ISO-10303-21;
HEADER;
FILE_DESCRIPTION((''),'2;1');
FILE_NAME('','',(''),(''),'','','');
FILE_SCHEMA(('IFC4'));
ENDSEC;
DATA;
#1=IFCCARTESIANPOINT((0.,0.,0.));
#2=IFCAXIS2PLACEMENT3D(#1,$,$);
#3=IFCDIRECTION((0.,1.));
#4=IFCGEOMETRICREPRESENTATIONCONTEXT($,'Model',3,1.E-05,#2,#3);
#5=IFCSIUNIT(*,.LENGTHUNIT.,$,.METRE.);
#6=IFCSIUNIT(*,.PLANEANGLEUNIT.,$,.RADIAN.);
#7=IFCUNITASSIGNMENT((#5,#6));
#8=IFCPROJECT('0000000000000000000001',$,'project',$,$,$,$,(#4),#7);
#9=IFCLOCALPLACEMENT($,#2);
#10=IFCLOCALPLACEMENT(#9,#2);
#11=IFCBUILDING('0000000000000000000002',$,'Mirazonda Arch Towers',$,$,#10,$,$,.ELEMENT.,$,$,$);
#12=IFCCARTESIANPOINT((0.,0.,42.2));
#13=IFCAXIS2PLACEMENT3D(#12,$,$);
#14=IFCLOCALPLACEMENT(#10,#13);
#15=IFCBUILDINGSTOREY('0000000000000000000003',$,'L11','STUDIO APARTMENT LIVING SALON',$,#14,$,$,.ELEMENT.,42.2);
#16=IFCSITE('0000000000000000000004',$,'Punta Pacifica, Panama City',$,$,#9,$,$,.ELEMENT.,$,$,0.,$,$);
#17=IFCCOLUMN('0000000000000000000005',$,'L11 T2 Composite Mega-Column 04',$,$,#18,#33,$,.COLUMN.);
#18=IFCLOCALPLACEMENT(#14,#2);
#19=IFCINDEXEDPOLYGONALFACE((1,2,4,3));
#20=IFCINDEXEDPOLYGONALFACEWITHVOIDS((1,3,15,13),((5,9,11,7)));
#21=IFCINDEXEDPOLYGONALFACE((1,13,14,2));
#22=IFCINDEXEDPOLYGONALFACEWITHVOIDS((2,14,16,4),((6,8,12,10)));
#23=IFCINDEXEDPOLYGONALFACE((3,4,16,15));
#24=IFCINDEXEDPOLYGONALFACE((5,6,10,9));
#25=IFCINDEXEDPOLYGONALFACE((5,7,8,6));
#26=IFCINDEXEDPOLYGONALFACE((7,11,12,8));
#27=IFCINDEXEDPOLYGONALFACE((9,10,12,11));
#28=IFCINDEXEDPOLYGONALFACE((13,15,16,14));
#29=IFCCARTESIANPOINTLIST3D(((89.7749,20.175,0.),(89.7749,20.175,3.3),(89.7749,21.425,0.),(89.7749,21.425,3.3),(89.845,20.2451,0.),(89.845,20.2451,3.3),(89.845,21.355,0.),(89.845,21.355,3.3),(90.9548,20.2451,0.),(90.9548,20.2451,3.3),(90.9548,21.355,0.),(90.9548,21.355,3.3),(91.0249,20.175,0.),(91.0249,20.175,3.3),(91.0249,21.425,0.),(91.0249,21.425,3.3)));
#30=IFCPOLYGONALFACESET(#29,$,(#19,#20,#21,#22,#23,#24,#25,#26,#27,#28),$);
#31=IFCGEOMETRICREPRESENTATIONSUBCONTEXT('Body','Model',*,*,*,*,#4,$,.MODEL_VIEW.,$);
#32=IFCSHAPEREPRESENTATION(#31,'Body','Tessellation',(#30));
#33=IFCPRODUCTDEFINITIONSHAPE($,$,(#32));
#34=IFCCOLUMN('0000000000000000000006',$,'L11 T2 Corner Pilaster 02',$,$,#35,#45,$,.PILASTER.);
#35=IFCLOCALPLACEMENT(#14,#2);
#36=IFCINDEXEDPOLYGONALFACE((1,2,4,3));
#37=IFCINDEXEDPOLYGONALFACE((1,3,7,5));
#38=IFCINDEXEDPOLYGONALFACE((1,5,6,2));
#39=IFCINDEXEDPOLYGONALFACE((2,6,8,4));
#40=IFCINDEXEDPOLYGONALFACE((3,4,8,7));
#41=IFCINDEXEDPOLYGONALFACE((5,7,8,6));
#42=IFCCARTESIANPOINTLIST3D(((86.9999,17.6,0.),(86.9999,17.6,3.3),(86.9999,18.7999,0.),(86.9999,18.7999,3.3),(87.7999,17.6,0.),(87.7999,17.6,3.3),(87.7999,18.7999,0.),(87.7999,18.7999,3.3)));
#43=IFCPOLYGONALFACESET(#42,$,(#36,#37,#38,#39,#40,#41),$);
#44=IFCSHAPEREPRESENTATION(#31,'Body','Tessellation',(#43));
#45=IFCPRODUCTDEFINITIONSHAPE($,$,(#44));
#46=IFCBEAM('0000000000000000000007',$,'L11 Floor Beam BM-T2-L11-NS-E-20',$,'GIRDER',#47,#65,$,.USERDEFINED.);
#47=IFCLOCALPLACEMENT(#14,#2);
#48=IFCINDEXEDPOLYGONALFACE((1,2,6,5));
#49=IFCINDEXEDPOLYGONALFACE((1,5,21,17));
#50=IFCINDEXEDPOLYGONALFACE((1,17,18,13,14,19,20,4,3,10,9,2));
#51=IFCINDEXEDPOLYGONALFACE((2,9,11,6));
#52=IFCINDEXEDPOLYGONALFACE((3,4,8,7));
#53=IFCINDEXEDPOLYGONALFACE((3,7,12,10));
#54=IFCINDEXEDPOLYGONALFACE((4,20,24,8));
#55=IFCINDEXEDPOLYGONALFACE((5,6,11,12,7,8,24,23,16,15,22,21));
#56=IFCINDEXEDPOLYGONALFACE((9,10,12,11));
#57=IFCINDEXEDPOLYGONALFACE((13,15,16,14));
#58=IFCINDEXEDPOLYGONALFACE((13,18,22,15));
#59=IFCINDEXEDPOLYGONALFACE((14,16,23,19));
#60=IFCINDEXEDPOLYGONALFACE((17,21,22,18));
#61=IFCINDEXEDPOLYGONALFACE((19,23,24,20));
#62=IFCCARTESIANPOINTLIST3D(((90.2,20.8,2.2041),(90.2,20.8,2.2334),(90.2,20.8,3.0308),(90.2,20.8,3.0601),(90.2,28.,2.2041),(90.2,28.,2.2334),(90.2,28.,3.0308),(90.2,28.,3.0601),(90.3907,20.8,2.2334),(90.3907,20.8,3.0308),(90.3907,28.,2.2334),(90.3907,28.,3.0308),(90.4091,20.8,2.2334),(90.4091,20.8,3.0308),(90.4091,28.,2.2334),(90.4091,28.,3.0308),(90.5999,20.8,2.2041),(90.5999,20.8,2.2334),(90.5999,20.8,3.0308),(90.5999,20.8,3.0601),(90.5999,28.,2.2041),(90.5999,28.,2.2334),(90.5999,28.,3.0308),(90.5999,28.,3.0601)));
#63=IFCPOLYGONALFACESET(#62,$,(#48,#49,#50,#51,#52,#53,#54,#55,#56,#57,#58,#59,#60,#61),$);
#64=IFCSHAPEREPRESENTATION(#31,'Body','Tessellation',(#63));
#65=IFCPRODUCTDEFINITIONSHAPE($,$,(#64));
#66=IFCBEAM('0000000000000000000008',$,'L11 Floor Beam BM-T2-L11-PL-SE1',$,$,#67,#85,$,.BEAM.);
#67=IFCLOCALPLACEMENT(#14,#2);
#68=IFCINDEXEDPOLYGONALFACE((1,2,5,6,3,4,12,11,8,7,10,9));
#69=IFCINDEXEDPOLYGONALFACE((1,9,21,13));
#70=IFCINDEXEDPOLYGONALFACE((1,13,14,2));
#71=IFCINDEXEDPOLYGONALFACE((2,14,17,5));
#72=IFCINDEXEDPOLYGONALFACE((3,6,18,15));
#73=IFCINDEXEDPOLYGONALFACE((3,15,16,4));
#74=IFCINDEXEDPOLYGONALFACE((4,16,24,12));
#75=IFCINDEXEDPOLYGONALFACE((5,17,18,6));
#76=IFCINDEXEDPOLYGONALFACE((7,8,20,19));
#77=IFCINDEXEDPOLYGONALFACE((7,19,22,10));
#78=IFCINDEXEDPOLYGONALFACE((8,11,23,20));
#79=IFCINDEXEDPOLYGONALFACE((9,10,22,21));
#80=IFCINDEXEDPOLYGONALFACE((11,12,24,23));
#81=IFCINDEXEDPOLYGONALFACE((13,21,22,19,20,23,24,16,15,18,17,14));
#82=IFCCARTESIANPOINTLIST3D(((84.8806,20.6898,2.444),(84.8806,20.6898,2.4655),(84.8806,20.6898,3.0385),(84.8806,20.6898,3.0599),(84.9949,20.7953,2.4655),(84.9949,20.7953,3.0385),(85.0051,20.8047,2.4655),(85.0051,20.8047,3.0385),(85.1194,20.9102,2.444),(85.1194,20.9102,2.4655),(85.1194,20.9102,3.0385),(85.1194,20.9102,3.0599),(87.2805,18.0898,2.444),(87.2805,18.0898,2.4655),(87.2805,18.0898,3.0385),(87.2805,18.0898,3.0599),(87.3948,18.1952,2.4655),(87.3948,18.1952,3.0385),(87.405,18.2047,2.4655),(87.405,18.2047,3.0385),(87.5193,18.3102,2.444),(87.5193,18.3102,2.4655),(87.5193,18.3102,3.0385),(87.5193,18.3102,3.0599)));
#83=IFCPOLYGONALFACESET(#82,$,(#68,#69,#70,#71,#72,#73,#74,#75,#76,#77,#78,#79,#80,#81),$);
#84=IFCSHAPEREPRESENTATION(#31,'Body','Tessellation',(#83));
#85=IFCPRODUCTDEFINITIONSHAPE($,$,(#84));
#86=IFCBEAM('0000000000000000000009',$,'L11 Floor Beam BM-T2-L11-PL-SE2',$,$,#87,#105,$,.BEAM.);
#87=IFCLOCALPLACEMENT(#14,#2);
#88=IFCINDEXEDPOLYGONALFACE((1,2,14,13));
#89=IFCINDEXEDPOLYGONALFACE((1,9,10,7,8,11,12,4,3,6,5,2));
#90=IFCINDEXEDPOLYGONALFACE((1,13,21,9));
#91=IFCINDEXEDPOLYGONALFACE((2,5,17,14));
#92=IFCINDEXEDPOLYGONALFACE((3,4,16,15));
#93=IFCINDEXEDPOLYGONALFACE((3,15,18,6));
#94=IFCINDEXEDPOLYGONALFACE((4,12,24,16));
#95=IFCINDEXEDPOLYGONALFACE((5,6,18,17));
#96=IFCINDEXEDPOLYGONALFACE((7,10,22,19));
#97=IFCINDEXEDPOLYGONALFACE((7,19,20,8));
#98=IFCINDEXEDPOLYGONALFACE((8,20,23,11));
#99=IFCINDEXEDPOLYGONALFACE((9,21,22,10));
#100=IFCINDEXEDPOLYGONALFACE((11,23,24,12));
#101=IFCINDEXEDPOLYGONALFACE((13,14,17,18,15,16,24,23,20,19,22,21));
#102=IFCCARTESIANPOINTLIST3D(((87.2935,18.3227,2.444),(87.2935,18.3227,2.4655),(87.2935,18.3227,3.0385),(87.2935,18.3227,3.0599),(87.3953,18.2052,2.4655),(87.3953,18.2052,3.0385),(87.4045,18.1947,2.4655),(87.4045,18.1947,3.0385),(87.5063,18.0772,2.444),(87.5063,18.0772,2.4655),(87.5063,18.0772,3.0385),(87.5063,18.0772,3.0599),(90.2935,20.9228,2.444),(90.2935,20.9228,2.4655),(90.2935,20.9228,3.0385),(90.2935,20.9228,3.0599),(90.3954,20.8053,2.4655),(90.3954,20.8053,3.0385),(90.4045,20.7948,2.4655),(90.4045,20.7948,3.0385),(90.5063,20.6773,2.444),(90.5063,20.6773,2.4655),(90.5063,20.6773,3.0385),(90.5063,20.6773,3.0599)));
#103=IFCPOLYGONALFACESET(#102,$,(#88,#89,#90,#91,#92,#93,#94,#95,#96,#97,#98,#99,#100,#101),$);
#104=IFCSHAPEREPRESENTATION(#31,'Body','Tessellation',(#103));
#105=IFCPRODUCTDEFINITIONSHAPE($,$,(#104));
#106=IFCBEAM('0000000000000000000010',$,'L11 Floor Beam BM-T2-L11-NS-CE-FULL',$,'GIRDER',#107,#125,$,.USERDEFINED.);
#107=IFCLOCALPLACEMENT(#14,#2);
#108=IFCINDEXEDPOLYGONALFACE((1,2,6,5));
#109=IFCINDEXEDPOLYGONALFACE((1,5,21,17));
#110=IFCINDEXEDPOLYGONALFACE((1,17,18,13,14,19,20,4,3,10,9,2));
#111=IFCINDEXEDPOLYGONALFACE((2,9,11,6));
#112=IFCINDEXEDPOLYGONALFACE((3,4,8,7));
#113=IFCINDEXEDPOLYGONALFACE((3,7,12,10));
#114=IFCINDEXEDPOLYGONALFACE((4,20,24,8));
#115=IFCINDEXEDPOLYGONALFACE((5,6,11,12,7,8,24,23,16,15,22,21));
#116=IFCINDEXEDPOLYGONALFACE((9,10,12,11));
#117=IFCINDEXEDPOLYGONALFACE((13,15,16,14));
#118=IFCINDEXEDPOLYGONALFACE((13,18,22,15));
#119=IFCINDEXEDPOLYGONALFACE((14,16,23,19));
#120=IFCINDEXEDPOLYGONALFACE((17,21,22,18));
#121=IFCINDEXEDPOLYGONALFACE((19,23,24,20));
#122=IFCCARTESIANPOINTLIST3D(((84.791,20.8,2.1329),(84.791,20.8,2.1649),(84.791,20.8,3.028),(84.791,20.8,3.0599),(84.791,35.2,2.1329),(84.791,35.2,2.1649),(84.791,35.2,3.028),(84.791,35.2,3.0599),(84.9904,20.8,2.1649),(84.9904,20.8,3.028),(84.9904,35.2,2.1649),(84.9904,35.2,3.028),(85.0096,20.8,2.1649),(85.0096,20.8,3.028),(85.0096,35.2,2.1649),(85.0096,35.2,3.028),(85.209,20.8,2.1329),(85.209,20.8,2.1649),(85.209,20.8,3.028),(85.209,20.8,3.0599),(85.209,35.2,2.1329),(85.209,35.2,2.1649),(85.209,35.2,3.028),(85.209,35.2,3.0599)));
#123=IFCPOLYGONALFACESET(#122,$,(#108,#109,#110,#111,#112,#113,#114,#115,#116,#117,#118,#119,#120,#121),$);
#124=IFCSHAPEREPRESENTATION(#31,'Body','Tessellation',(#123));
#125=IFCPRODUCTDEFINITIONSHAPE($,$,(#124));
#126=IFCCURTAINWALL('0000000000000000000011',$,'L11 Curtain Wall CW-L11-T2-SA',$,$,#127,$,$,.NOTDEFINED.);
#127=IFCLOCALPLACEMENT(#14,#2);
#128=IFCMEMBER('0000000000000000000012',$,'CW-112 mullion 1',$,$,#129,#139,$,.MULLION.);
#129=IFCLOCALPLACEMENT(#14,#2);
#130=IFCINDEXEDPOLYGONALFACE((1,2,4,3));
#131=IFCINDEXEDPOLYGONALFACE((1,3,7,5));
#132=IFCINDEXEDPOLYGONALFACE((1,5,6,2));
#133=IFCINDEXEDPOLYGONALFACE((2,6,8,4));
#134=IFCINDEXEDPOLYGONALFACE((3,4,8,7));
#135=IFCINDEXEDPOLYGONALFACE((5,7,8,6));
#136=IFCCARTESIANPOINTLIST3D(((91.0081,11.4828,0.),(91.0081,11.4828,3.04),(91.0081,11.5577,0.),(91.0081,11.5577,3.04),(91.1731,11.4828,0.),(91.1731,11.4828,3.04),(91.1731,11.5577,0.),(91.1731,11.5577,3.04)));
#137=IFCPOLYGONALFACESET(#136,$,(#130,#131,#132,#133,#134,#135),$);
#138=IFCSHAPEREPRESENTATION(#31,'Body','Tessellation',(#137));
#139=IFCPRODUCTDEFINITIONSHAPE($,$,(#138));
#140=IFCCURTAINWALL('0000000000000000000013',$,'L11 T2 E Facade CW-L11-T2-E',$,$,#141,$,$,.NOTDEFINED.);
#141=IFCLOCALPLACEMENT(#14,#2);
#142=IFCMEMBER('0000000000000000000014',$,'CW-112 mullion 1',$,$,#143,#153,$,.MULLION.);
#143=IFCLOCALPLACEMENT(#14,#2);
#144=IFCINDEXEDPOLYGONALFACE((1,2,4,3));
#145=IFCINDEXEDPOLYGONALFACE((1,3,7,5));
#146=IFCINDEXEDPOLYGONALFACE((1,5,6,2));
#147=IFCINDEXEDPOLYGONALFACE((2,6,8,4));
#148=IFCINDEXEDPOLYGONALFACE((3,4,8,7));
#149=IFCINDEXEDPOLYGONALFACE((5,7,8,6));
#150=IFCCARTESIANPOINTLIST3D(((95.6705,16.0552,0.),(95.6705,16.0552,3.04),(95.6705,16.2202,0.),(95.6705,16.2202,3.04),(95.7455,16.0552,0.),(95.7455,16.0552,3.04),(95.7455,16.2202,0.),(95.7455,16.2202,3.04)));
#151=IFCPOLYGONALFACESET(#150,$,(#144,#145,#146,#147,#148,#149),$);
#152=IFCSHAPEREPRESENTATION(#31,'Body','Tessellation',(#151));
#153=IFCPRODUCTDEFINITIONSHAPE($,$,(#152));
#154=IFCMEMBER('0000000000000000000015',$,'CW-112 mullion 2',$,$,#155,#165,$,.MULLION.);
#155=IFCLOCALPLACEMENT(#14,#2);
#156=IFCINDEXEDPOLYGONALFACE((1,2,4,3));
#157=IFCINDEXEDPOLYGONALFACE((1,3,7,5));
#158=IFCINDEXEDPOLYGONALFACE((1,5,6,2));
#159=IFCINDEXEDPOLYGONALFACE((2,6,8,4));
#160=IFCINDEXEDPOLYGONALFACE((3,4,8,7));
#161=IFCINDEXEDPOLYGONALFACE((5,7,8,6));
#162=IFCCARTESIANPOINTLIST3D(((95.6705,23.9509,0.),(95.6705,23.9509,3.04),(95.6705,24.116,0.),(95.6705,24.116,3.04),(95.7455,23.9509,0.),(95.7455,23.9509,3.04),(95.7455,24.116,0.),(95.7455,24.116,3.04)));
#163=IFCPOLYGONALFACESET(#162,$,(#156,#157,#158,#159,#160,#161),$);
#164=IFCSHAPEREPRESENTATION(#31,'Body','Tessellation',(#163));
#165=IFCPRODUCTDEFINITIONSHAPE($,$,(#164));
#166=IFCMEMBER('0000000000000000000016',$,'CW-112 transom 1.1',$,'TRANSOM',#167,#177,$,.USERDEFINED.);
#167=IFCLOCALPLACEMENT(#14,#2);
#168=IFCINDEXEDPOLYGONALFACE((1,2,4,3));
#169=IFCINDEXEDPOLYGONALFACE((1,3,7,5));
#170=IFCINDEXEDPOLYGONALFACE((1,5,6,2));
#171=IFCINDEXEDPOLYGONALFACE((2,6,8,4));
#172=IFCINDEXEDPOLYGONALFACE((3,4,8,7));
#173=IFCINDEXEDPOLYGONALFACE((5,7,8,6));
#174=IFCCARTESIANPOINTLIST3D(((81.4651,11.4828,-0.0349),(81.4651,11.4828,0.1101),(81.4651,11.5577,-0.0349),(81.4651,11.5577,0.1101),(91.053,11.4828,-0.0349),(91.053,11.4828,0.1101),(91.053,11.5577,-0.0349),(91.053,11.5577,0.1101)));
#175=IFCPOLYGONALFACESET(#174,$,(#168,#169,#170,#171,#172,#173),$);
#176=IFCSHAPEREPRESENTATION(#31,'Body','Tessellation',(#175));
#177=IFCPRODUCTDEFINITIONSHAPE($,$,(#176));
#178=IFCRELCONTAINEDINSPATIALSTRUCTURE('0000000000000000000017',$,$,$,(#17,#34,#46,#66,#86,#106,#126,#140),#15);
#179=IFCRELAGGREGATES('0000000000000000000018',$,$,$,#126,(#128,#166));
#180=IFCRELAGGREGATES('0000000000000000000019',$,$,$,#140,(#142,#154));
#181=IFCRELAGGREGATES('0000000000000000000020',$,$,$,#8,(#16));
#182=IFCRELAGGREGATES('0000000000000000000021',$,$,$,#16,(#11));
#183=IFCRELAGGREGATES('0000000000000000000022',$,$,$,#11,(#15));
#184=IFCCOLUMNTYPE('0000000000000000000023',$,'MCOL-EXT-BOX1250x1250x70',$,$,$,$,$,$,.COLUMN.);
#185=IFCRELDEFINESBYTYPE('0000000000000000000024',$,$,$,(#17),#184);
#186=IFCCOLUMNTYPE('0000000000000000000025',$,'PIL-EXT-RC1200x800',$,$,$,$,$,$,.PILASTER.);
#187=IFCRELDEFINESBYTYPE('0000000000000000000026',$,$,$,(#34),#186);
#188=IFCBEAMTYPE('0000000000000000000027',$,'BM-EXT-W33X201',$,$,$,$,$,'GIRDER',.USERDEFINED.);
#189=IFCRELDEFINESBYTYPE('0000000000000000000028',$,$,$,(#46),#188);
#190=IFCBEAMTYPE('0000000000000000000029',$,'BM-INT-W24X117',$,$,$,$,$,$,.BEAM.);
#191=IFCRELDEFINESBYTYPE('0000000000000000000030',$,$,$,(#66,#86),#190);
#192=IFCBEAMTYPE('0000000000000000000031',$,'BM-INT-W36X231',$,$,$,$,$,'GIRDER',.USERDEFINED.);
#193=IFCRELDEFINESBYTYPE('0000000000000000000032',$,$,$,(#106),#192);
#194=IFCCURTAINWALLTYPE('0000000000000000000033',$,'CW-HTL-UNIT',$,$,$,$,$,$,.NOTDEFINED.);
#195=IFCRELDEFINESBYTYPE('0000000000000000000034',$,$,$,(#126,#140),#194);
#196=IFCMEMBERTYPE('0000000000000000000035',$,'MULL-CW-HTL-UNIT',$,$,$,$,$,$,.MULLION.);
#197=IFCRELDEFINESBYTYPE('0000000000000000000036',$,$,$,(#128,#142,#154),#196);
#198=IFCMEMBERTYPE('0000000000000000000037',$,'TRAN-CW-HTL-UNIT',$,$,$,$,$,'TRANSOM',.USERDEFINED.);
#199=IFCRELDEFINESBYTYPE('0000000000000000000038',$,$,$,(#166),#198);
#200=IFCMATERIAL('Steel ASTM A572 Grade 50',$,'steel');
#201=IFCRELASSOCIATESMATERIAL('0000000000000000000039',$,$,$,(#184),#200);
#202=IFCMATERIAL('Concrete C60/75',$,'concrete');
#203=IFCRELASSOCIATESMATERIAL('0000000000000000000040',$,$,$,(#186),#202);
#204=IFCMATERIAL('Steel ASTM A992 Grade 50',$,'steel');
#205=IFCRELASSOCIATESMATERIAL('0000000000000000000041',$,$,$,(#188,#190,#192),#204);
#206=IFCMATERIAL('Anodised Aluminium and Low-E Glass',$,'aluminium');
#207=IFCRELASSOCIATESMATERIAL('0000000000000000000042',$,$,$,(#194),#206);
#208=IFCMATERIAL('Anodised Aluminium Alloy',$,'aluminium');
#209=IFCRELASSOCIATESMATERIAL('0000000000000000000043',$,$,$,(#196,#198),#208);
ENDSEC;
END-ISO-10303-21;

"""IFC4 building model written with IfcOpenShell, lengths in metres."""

from ifc_helpers import new_model, si_unit, direction, frame, origin, origin_2d, place, context, subcontext, project, spatial, rectangle, hollow_rectangle, i_section, extrude, material, material_profile, profile_set, type_object, element, aggregate, save


model = new_model("IFC4")

# Units and contexts
model_context = context("Model", 3, precision=1e-05, world=origin(), true_north=direction((0.0, 1.0)))
body_context = subcontext(model_context, "Body", "Model", "MODEL_VIEW")
ifc_project = project(units=[si_unit("LENGTHUNIT", "METRE"), si_unit("PLANEANGLEUNIT", "RADIAN")], contexts=[model_context])

# Site, building, storey
site_placement = place(None, origin())
site = spatial("IfcSite", under=ifc_project, at=site_placement, Name="Punta Pacifica, Panama City", CompositionType="ELEMENT", RefElevation=0.0)
building_placement = place(site_placement, origin())
building = spatial("IfcBuilding", under=site, at=building_placement, Name="Mirazonda Arch Towers", CompositionType="ELEMENT")
storey_placement = place(building_placement, frame((0.0, 0.0, 42.2)))
storey = spatial("IfcBuildingStorey", under=building, at=storey_placement, Name="L11", Description="STUDIO APARTMENT LIVING SALON", CompositionType="ELEMENT", Elevation=42.2)

# Columns
ifc_material_1 = material(Name="Steel ASTM A572 Grade 50", Category="steel")
ifc_material_profile_1 = material_profile(ifc_material_1, hollow_rectangle(XDim=1.25, YDim=1.25, WallThickness=0.0701, at=origin_2d()), Name="BOX1250x1250x70")
ifc_profile_set_1 = profile_set([ifc_material_profile_1], Name="Steel ASTM A572 Grade 50")
column_type_1 = type_object("IfcColumnType", Name="MCOL-EXT-BOX1250x1250x70", PredefinedType="COLUMN", material=ifc_profile_set_1)
column_1_placement = place(storey_placement, frame((90.3999, 20.8, 0.0), z_axis=(0.0, 0.0, 1.0), x_axis=(1.0, 0.0, 0.0)))
element("IfcColumn", 1, at=column_1_placement, inside=storey, type_object=column_type_1, Name="L11 T2 Composite Mega-Column 04", PredefinedType="COLUMN", context=body_context, shape_type="SweptSolid", body=[
    extrude(hollow_rectangle(XDim=1.25, YDim=1.25, WallThickness=0.0701, at=origin_2d()), origin(), (0.0, 0.0, 1.0), 3.3),
])
ifc_material_2 = material(Name="Concrete C60/75", Category="concrete")
ifc_material_profile_2 = material_profile(ifc_material_2, rectangle(XDim=0.8, YDim=1.2, at=origin_2d()), Name="RC1200x800")
ifc_profile_set_2 = profile_set([ifc_material_profile_2], Name="Concrete C60/75")
column_type_2 = type_object("IfcColumnType", Name="PIL-EXT-RC1200x800", PredefinedType="PILASTER", material=ifc_profile_set_2)
column_2_placement = place(storey_placement, frame((87.3999, 18.2, 0.0), z_axis=(0.0, 0.0, 1.0), x_axis=(1.0, 0.0, 0.0)))
element("IfcColumn", 2, at=column_2_placement, inside=storey, type_object=column_type_2, Name="L11 T2 Corner Pilaster 02", PredefinedType="PILASTER", context=body_context, shape_type="SweptSolid", body=[
    extrude(rectangle(XDim=0.8, YDim=1.2, at=origin_2d()), origin(), (0.0, 0.0, 1.0), 3.3),
])

# Beams
ifc_material_3 = material(Name="Steel ASTM A992 Grade 50", Category="steel")
ifc_material_profile_3 = material_profile(ifc_material_3, i_section(OverallWidth=0.3999, OverallDepth=0.856, WebThickness=0.0183, FlangeThickness=0.0293, at=origin_2d()), Name="W33X201")
ifc_profile_set_3 = profile_set([ifc_material_profile_3], Name="Steel ASTM A992 Grade 50")
beam_type_1 = type_object("IfcBeamType", Name="BM-EXT-W33X201", ElementType="GIRDER", PredefinedType="USERDEFINED", material=ifc_profile_set_3)
beam_1_placement = place(storey_placement, frame((90.3999, 20.8, 2.6321), z_axis=(0.0, 1.0, 0.0), x_axis=(-1.0, 0.0, 0.0)))
element("IfcBeam", 3, at=beam_1_placement, inside=storey, type_object=beam_type_1, Name="L11 Floor Beam BM-T2-L11-NS-E-20", ObjectType="GIRDER", PredefinedType="USERDEFINED", context=body_context, shape_type="SweptSolid", body=[
    extrude(i_section(OverallWidth=0.3999, OverallDepth=0.856, WebThickness=0.0183, FlangeThickness=0.0293, at=origin_2d()), origin(), (0.0, 0.0, 1.0), 7.2),
])
ifc_material_profile_4 = material_profile(ifc_material_3, i_section(OverallWidth=0.325, OverallDepth=0.616, WebThickness=0.0139, FlangeThickness=0.0215, at=origin_2d()), Name="W24X117")
ifc_profile_set_4 = profile_set([ifc_material_profile_4], Name="Steel ASTM A992 Grade 50")
beam_type_2 = type_object("IfcBeamType", Name="BM-INT-W24X117", PredefinedType="BEAM", material=ifc_profile_set_4)
beam_2_placement = place(storey_placement, frame((87.3999, 18.2, 2.752), z_axis=(-0.678251, 0.73483, 0.0), x_axis=(-0.73483, -0.678251, 0.0)))
element("IfcBeam", 4, at=beam_2_placement, inside=storey, type_object=beam_type_2, Name="L11 Floor Beam BM-T2-L11-PL-SE1", PredefinedType="BEAM", context=body_context, shape_type="SweptSolid", body=[
    extrude(i_section(OverallWidth=0.325, OverallDepth=0.616, WebThickness=0.0139, FlangeThickness=0.0215, at=origin_2d()), origin(), (0.0, 0.0, 1.0), 3.5383),
])
beam_3_placement = place(storey_placement, frame((87.3999, 18.2, 2.752), z_axis=(0.755677, 0.654945, 0.0), x_axis=(-0.654945, 0.755677, 0.0)))
element("IfcBeam", 5, at=beam_3_placement, inside=storey, type_object=beam_type_2, Name="L11 Floor Beam BM-T2-L11-PL-SE2", PredefinedType="BEAM", context=body_context, shape_type="SweptSolid", body=[
    extrude(i_section(OverallWidth=0.325, OverallDepth=0.616, WebThickness=0.0139, FlangeThickness=0.0215, at=origin_2d()), origin(), (0.0, 0.0, 1.0), 3.97),
])
ifc_material_profile_5 = material_profile(ifc_material_3, i_section(OverallWidth=0.418, OverallDepth=0.927, WebThickness=0.0193, FlangeThickness=0.032, at=origin_2d()), Name="W36X231")
ifc_profile_set_5 = profile_set([ifc_material_profile_5], Name="Steel ASTM A992 Grade 50")
beam_type_3 = type_object("IfcBeamType", Name="BM-INT-W36X231", ElementType="GIRDER", PredefinedType="USERDEFINED", material=ifc_profile_set_5)
beam_4_placement = place(storey_placement, frame((85.0, 20.8, 2.5964), z_axis=(0.0, 1.0, 0.0), x_axis=(-1.0, 0.0, 0.0)))
element("IfcBeam", 6, at=beam_4_placement, inside=storey, type_object=beam_type_3, Name="L11 Floor Beam BM-T2-L11-NS-CE-FULL", ObjectType="GIRDER", PredefinedType="USERDEFINED", context=body_context, shape_type="SweptSolid", body=[
    extrude(i_section(OverallWidth=0.418, OverallDepth=0.927, WebThickness=0.0193, FlangeThickness=0.032, at=origin_2d()), origin(), (0.0, 0.0, 1.0), 14.3999),
])

# Curtain wall, member
ifc_material_4 = material(Name="Anodised Aluminium and Low-E Glass", Category="aluminium")
curtain_wall_type = type_object("IfcCurtainWallType", Name="CW-HTL-UNIT", PredefinedType="NOTDEFINED", material=ifc_material_4)
curtain_wall_1_placement = place(storey_placement, origin())
curtain_wall_1 = element("IfcCurtainWall", 7, at=curtain_wall_1_placement, inside=storey, type_object=curtain_wall_type, Name="L11 Curtain Wall CW-L11-T2-SA", PredefinedType="NOTDEFINED")
ifc_material_5 = material(Name="Anodised Aluminium Alloy", Category="aluminium")
ifc_material_profile_6 = material_profile(ifc_material_5, rectangle(XDim=0.075, YDim=0.165, at=origin_2d()), Name="ALU-MULL-75x165")
ifc_profile_set_6 = profile_set([ifc_material_profile_6], Name="Anodised Aluminium Alloy")
member_type_1 = type_object("IfcMemberType", Name="MULL-CW-HTL-UNIT", PredefinedType="MULLION", material=ifc_profile_set_6)
member_1_placement = place(storey_placement, frame((91.0906, 11.5203, 0.0), z_axis=(0.0, 0.0, 1.0), x_axis=(0.0, -1.0, 0.0)))
member_1 = element("IfcMember", 8, at=member_1_placement, type_object=member_type_1, Name="CW-112 mullion 1", PredefinedType="MULLION", context=body_context, shape_type="SweptSolid", body=[
    extrude(rectangle(XDim=0.075, YDim=0.165, at=origin_2d()), origin(), (0.0, 0.0, 1.0), 3.04),
])

# Curtain wall, members
curtain_wall_2_placement = place(storey_placement, origin())
curtain_wall_2 = element("IfcCurtainWall", 9, at=curtain_wall_2_placement, inside=storey, type_object=curtain_wall_type, Name="L11 T2 E Facade CW-L11-T2-E", PredefinedType="NOTDEFINED")
member_2_placement = place(storey_placement, frame((95.708, 16.1377, 0.0), z_axis=(0.0, 0.0, 1.0), x_axis=(-1.0, 0.0, 0.0)))
member_2 = element("IfcMember", 10, at=member_2_placement, type_object=member_type_1, Name="CW-112 mullion 1", PredefinedType="MULLION", context=body_context, shape_type="SweptSolid", body=[
    extrude(rectangle(XDim=0.075, YDim=0.165, at=origin_2d()), origin(), (0.0, 0.0, 1.0), 3.04),
])
member_3_placement = place(storey_placement, frame((95.708, 24.0334, 0.0), z_axis=(0.0, 0.0, 1.0), x_axis=(-1.0, 0.0, 0.0)))
member_3 = element("IfcMember", 11, at=member_3_placement, type_object=member_type_1, Name="CW-112 mullion 2", PredefinedType="MULLION", context=body_context, shape_type="SweptSolid", body=[
    extrude(rectangle(XDim=0.075, YDim=0.165, at=origin_2d()), origin(), (0.0, 0.0, 1.0), 3.04),
])

# Member
ifc_material_profile_7 = material_profile(ifc_material_5, rectangle(XDim=0.075, YDim=0.145, at=origin_2d()), Name="ALU-TRAN-75x145")
ifc_profile_set_7 = profile_set([ifc_material_profile_7], Name="Anodised Aluminium Alloy")
member_type_2 = type_object("IfcMemberType", Name="TRAN-CW-HTL-UNIT", ElementType="TRANSOM", PredefinedType="USERDEFINED", material=ifc_profile_set_7)
member_4_placement = place(storey_placement, frame((91.053, 11.5203, 0.0376), z_axis=(-1.0, 0.0, 0.0), x_axis=(0.0, -1.0, 0.0)))
member_4 = element("IfcMember", 12, at=member_4_placement, type_object=member_type_2, Name="CW-112 transom 1.1", ObjectType="TRANSOM", PredefinedType="USERDEFINED", context=body_context, shape_type="SweptSolid", body=[
    extrude(rectangle(XDim=0.075, YDim=0.145, at=origin_2d()), origin(), (0.0, 0.0, 1.0), 9.5879),
])

aggregate(curtain_wall_1, [member_1, member_4])
aggregate(curtain_wall_2, [member_2, member_3])

save(model, "model.ifc")
